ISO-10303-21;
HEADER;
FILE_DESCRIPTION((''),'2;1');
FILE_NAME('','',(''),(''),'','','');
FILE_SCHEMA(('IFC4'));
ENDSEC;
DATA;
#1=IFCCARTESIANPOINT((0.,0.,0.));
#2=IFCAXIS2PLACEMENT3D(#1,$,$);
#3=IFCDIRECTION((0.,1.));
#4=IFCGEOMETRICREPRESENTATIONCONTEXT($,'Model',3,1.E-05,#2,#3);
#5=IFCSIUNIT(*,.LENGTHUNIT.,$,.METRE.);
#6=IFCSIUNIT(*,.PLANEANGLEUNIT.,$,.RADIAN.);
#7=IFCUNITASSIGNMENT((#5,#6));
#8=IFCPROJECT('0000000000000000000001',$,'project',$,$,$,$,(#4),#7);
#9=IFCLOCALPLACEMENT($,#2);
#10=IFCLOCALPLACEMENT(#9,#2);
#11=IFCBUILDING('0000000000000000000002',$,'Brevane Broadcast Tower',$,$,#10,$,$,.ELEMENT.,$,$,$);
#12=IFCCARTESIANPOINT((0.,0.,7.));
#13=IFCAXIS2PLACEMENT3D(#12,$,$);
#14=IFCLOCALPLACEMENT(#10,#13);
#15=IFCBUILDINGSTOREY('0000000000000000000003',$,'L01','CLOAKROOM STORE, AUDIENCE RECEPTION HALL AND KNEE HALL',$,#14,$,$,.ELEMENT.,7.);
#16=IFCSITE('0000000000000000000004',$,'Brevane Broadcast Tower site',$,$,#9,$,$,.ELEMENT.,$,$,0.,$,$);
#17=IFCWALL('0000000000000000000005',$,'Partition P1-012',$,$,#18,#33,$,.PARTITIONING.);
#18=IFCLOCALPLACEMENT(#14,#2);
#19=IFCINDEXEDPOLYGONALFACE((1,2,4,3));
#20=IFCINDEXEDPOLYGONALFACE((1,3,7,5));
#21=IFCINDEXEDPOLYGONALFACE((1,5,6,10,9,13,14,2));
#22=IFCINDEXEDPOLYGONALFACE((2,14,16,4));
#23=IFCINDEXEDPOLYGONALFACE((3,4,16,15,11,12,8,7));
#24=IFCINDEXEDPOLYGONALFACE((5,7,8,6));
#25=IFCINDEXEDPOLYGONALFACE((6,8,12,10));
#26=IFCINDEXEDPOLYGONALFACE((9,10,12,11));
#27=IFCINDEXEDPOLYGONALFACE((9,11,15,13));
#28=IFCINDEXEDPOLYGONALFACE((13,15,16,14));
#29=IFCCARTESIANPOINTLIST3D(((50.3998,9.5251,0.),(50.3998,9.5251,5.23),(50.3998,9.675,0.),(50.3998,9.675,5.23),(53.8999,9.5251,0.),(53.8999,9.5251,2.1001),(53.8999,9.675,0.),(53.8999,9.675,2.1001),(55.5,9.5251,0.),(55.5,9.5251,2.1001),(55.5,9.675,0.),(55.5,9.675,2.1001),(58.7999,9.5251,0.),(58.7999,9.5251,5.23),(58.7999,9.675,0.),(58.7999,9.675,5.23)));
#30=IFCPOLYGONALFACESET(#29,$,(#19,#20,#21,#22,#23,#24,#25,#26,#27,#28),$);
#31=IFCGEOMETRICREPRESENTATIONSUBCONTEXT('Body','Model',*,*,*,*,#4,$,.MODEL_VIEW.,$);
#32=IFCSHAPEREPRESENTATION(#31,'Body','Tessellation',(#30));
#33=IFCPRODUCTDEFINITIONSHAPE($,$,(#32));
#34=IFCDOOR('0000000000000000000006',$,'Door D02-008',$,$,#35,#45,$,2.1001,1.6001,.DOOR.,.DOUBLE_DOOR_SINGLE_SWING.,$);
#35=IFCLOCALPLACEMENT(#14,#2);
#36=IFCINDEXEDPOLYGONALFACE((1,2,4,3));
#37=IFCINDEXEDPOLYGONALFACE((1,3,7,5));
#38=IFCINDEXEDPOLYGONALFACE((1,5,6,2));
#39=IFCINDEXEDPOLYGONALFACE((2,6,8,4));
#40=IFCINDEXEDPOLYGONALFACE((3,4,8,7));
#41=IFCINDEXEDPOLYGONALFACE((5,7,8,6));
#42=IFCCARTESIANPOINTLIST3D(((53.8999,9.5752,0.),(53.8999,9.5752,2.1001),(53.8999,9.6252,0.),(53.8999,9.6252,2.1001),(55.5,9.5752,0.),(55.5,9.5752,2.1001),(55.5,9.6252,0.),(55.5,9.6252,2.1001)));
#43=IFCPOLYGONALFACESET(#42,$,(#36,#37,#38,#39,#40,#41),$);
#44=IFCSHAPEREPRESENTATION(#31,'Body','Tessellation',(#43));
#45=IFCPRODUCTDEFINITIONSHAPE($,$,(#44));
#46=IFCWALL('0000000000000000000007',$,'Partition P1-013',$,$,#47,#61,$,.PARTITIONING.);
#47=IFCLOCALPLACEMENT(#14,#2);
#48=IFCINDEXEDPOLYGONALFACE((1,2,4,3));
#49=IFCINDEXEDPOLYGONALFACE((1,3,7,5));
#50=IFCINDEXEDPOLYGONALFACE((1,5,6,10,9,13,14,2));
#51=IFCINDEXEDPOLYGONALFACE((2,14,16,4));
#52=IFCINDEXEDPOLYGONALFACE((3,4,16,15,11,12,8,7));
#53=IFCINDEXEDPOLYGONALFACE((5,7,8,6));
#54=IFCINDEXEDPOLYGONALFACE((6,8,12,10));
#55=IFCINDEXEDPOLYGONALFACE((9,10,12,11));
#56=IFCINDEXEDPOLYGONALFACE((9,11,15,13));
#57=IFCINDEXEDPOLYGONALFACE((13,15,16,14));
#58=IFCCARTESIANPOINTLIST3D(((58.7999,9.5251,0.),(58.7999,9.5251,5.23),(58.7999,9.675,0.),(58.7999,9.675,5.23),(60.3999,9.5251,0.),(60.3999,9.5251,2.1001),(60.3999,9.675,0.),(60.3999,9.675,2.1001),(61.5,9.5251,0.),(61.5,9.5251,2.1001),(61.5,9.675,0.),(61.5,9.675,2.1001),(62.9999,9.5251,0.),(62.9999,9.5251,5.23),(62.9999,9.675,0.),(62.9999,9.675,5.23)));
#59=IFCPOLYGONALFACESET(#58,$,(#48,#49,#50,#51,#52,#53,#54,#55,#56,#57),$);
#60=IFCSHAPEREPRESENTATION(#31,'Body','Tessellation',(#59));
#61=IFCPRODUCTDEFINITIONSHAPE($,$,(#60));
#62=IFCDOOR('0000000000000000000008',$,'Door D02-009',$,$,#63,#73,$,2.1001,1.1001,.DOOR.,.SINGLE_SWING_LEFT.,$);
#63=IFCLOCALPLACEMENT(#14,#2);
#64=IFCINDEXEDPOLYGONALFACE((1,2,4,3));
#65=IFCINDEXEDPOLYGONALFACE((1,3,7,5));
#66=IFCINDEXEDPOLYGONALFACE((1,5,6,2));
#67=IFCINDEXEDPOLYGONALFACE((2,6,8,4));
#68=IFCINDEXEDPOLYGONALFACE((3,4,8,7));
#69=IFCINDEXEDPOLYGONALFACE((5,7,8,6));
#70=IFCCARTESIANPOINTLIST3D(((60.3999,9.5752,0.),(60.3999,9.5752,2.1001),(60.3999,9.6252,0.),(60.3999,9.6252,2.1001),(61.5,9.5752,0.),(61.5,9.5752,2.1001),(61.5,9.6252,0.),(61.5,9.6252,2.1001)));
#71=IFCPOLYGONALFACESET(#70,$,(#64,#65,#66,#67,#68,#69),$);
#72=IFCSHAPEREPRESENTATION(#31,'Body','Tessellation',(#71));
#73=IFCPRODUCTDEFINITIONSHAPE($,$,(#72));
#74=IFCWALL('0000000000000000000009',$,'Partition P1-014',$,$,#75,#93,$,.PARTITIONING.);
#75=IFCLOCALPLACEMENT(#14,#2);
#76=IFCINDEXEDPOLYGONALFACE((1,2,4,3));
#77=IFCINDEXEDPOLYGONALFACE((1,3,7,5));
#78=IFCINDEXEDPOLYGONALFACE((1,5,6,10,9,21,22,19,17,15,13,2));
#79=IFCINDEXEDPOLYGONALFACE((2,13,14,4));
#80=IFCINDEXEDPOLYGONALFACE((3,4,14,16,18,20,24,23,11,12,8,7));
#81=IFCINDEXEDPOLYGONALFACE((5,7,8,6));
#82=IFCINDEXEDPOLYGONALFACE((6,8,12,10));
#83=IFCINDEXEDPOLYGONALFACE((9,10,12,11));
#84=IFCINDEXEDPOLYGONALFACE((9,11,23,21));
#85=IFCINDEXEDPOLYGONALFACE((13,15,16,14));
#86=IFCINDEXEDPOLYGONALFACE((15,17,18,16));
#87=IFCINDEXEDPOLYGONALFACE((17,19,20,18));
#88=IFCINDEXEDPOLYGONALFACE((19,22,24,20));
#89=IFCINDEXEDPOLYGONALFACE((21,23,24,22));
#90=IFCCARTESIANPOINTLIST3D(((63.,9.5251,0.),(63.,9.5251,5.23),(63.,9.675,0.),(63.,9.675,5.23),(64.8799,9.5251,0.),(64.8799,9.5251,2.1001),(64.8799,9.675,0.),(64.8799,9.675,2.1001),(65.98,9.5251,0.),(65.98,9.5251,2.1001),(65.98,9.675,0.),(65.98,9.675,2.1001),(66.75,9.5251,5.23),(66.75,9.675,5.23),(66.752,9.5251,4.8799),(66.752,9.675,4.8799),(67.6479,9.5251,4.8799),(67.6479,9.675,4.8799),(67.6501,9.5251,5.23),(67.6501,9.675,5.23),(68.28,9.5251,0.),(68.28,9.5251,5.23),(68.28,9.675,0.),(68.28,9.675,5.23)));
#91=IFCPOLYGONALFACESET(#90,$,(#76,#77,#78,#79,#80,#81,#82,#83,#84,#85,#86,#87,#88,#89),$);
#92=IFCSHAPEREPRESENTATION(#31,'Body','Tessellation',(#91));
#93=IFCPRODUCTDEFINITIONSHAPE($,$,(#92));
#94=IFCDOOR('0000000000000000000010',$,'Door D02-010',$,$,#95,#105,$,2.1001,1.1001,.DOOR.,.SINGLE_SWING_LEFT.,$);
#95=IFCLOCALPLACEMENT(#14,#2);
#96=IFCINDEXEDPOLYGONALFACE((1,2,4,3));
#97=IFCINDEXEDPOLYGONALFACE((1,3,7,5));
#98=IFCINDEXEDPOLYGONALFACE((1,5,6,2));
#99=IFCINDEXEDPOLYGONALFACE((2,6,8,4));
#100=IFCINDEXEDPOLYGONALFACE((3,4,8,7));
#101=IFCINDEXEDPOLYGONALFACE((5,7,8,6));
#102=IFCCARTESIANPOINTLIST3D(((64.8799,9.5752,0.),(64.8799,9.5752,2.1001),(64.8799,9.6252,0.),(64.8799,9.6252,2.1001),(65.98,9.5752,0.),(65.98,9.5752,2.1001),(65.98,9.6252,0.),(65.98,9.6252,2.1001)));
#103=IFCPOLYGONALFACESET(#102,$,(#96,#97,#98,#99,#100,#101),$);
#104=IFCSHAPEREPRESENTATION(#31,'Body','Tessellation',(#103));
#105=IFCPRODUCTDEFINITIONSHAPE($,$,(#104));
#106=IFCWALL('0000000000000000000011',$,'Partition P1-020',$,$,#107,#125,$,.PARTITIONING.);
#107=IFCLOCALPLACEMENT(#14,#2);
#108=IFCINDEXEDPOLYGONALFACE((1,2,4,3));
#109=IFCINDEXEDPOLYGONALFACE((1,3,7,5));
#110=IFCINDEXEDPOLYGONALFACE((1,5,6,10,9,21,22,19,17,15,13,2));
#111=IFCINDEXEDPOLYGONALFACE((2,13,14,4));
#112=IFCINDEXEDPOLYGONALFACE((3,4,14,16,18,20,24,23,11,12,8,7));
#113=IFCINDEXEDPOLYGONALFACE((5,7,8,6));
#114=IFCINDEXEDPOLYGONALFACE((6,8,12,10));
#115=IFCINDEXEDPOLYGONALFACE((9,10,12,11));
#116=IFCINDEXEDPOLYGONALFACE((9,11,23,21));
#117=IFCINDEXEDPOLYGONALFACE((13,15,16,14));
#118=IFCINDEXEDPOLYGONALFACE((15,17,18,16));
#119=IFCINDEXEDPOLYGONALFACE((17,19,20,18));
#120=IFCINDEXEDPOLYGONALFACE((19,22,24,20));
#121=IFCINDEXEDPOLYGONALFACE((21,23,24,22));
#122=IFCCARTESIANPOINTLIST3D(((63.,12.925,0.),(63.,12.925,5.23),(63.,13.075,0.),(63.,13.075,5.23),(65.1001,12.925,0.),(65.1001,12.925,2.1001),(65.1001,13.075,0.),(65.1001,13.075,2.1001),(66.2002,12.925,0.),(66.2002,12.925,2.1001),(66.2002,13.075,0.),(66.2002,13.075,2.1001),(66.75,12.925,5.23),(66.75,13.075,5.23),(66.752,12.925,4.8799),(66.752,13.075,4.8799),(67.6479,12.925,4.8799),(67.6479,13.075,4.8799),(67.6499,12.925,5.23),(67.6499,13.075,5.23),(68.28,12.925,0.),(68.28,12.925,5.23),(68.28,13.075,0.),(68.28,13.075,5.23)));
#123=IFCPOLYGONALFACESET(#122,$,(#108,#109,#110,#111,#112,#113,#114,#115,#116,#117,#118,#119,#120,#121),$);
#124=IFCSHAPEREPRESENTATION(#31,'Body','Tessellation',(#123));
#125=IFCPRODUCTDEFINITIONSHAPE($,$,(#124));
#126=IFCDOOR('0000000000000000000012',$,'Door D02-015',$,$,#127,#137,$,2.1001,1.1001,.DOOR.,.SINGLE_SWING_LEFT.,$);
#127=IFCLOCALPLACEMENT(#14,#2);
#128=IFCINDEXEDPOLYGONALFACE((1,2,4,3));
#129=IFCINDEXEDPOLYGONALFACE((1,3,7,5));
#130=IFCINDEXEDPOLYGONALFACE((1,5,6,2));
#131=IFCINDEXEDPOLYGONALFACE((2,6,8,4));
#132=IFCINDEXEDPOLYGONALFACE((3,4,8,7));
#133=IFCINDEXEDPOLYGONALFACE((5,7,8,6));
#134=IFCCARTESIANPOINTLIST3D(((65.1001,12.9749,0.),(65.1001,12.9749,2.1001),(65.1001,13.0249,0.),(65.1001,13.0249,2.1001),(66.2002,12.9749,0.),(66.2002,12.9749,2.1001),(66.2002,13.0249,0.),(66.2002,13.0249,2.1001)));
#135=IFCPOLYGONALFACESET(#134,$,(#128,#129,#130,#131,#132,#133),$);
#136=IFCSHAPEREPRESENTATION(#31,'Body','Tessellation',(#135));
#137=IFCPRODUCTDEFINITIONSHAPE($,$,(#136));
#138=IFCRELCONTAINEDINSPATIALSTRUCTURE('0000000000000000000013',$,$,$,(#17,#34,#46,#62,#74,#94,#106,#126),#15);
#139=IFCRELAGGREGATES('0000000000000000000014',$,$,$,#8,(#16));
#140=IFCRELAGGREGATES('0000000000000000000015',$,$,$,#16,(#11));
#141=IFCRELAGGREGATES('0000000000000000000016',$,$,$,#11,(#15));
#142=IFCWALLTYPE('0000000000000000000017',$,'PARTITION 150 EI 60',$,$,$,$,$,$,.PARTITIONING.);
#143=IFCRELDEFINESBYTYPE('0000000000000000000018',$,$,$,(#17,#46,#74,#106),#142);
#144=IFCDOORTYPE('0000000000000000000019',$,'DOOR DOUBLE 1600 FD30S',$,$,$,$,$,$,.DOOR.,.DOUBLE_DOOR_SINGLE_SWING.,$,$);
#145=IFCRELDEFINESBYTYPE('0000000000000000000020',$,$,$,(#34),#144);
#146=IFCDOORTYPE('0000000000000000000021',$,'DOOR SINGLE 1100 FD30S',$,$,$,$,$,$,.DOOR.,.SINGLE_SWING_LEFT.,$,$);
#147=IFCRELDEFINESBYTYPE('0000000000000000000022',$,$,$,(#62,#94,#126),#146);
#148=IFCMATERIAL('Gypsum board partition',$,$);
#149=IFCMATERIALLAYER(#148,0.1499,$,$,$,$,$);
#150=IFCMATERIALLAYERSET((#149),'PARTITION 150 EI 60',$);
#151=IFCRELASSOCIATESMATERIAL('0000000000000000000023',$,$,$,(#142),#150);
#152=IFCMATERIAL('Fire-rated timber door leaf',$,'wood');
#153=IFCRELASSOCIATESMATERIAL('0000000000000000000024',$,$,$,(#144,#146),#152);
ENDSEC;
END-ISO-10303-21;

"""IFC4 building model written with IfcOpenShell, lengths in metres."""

from ifc_helpers import new_model, si_unit, direction, frame, frame_2d, origin, place, context, subcontext, project, spatial, polyline, rectangle, outline, extrude, material, layer, layer_set, type_object, element, fill, save


model = new_model("IFC4")

# Units and contexts
model_context = context("Model", 3, precision=1e-05, world=origin(), true_north=direction((0.0, 1.0)))
body_context = subcontext(model_context, "Body", "Model", "MODEL_VIEW")
ifc_project = project(units=[si_unit("LENGTHUNIT", "METRE"), si_unit("PLANEANGLEUNIT", "RADIAN")], contexts=[model_context])

# Site, building, storey
site_placement = place(None, origin())
site = spatial("IfcSite", under=ifc_project, at=site_placement, Name="Brevane Broadcast Tower site", CompositionType="ELEMENT", RefElevation=0.0)
building_placement = place(site_placement, origin())
building = spatial("IfcBuilding", under=site, at=building_placement, Name="Brevane Broadcast Tower", CompositionType="ELEMENT")
storey_placement = place(building_placement, frame((0.0, 0.0, 7.0)))
storey = spatial("IfcBuildingStorey", under=building, at=storey_placement, Name="L01", Description="CLOAKROOM STORE, AUDIENCE RECEPTION HALL AND KNEE HALL", CompositionType="ELEMENT", Elevation=7.0)

# Shared definitions
ifc_material_1 = material(Name="Gypsum board partition")

# Walls, openings, doors
ifc_layer_1 = layer(ifc_material_1, 0.1499)
ifc_layer_set_1 = layer_set([ifc_layer_1], Name="PARTITION 150 EI 60")
wall_type_1 = type_object("IfcWallType", Name="PARTITION 150 EI 60", PredefinedType="PARTITIONING", material=ifc_layer_set_1)
wall_1_placement = place(storey_placement, frame((58.8, 9.6001, 0.0), z_axis=(0.0, 0.0, 1.0), x_axis=(-1.0, 0.0, 0.0)))
wall_1 = element("IfcWall", 1, at=wall_1_placement, inside=storey, type_object=wall_type_1, Name="Partition P1-012", PredefinedType="PARTITIONING", context=body_context, shape_type="SweptSolid", body=[
    extrude(rectangle(XDim=8.4001, YDim=0.1499, at=frame_2d((4.2002, 0.0))), origin(), (0.0, 0.0, 1.0), 5.23),
])
opening_1_placement = place(wall_1_placement, frame((3.3, 0.0, 0.0)))
opening_1 = element("IfcOpeningElement", 2, at=opening_1_placement, cuts=wall_1, PredefinedType="OPENING", context=body_context, shape_type="SweptSolid", body=[
    extrude(rectangle(XDim=1.6001, YDim=2.1001, at=frame_2d((0.8, 1.05))), frame((0.0, 0.085, 0.0), z_axis=(0.0, -1.0, 0.0), x_axis=(1.0, 0.0, 0.0)), (0.0, 0.0, 1.0), 0.1699),
])
ifc_material_2 = material(Name="Fire-rated timber door leaf", Category="wood")
door_type_1 = type_object("IfcDoorType", Name="DOOR DOUBLE 1600 FD30S", OperationType="DOUBLE_DOOR_SINGLE_SWING", PredefinedType="DOOR", material=ifc_material_2)
door_1_placement = place(opening_1_placement, origin())
door_1 = element("IfcDoor", 3, at=door_1_placement, inside=storey, type_object=door_type_1, Name="Door D02-008", OperationType="DOUBLE_DOOR_SINGLE_SWING", OverallHeight=2.1001, OverallWidth=1.6001, PredefinedType="DOOR", context=body_context, shape_type="SweptSolid", body=[
    extrude(rectangle(XDim=1.6001, YDim=2.1001, at=frame_2d((0.8, 1.05))), frame((0.0, 0.0249, 0.0), z_axis=(0.0, -1.0, 0.0), x_axis=(1.0, 0.0, 0.0)), (0.0, 0.0, 1.0), 0.05),
])
fill(opening_1, door_1)
wall_2_placement = place(storey_placement, frame((63.0, 9.6001, 0.0), z_axis=(0.0, 0.0, 1.0), x_axis=(-1.0, 0.0, 0.0)))
wall_2 = element("IfcWall", 4, at=wall_2_placement, inside=storey, type_object=wall_type_1, Name="Partition P1-013", PredefinedType="PARTITIONING", context=body_context, shape_type="SweptSolid", body=[
    extrude(rectangle(XDim=4.2, YDim=0.1499, at=frame_2d((2.1001, 0.0))), origin(), (0.0, 0.0, 1.0), 5.23),
])
opening_2_placement = place(wall_2_placement, frame((1.5, 0.0, 0.0)))
opening_2 = element("IfcOpeningElement", 5, at=opening_2_placement, cuts=wall_2, PredefinedType="OPENING", context=body_context, shape_type="SweptSolid", body=[
    extrude(rectangle(XDim=1.1001, YDim=2.1001, at=frame_2d((0.55, 1.05))), frame((0.0, 0.085, 0.0), z_axis=(0.0, -1.0, 0.0), x_axis=(1.0, 0.0, 0.0)), (0.0, 0.0, 1.0), 0.1699),
])
door_type_2 = type_object("IfcDoorType", Name="DOOR SINGLE 1100 FD30S", OperationType="SINGLE_SWING_LEFT", PredefinedType="DOOR", material=ifc_material_2)
door_2_placement = place(opening_2_placement, origin())
door_2 = element("IfcDoor", 6, at=door_2_placement, inside=storey, type_object=door_type_2, Name="Door D02-009", OperationType="SINGLE_SWING_LEFT", OverallHeight=2.1001, OverallWidth=1.1001, PredefinedType="DOOR", context=body_context, shape_type="SweptSolid", body=[
    extrude(rectangle(XDim=1.1001, YDim=2.1001, at=frame_2d((0.55, 1.05))), frame((0.0, 0.0249, 0.0), z_axis=(0.0, -1.0, 0.0), x_axis=(1.0, 0.0, 0.0)), (0.0, 0.0, 1.0), 0.05),
])
fill(opening_2, door_2)
wall_3_placement = place(storey_placement, frame((68.28, 9.6001, 0.0), z_axis=(0.0, 0.0, 1.0), x_axis=(-1.0, 0.0, 0.0)))
wall_3 = element("IfcWall", 7, at=wall_3_placement, inside=storey, type_object=wall_type_1, Name="Partition P1-014", PredefinedType="PARTITIONING", context=body_context, shape_type="SweptSolid", body=[
    extrude(outline(polyline([(0.0, 0.0), (5.28, 0.0), (5.28, 5.23), (1.53, 5.23), (1.5281, 4.8799), (0.6321, 4.8799), (0.6299, 5.23), (0.0, 5.23), (0.0, 0.0)])), frame((0.0, 0.075, 0.0), z_axis=(0.0, -1.0, 0.0), x_axis=(1.0, 0.0, 0.0)), (0.0, 0.0, 1.0), 0.1499),
])
opening_3_placement = place(wall_3_placement, frame((2.3, 0.0, 0.0)))
opening_3 = element("IfcOpeningElement", 8, at=opening_3_placement, cuts=wall_3, PredefinedType="OPENING", context=body_context, shape_type="SweptSolid", body=[
    extrude(rectangle(XDim=1.1001, YDim=2.1001, at=frame_2d((0.55, 1.05))), frame((0.0, 0.085, 0.0), z_axis=(0.0, -1.0, 0.0), x_axis=(1.0, 0.0, 0.0)), (0.0, 0.0, 1.0), 0.1699),
])
door_3_placement = place(opening_3_placement, origin())
door_3 = element("IfcDoor", 9, at=door_3_placement, inside=storey, type_object=door_type_2, Name="Door D02-010", OperationType="SINGLE_SWING_LEFT", OverallHeight=2.1001, OverallWidth=1.1001, PredefinedType="DOOR", context=body_context, shape_type="SweptSolid", body=[
    extrude(rectangle(XDim=1.1001, YDim=2.1001, at=frame_2d((0.55, 1.05))), frame((0.0, 0.0249, 0.0), z_axis=(0.0, -1.0, 0.0), x_axis=(1.0, 0.0, 0.0)), (0.0, 0.0, 1.0), 0.05),
])
fill(opening_3, door_3)
wall_4_placement = place(storey_placement, frame((63.0, 13.0, 0.0), z_axis=(0.0, 0.0, 1.0), x_axis=(1.0, 0.0, 0.0)))
wall_4 = element("IfcWall", 10, at=wall_4_placement, inside=storey, type_object=wall_type_1, Name="Partition P1-020", PredefinedType="PARTITIONING", context=body_context, shape_type="SweptSolid", body=[
    extrude(outline(polyline([(0.0, 0.0), (5.28, 0.0), (5.28, 5.23), (4.6499, 5.23), (4.6479, 4.8799), (3.752, 4.8799), (3.75, 5.23), (0.0, 5.23), (0.0, 0.0)])), frame((0.0, 0.075, 0.0), z_axis=(0.0, -1.0, 0.0), x_axis=(1.0, 0.0, 0.0)), (0.0, 0.0, 1.0), 0.1499),
])
opening_4_placement = place(wall_4_placement, frame((2.1001, 0.0, 0.0)))
opening_4 = element("IfcOpeningElement", 11, at=opening_4_placement, cuts=wall_4, PredefinedType="OPENING", context=body_context, shape_type="SweptSolid", body=[
    extrude(rectangle(XDim=1.1001, YDim=2.1001, at=frame_2d((0.55, 1.05))), frame((0.0, 0.085, 0.0), z_axis=(0.0, -1.0, 0.0), x_axis=(1.0, 0.0, 0.0)), (0.0, 0.0, 1.0), 0.1699),
])
door_4_placement = place(opening_4_placement, origin())
door_4 = element("IfcDoor", 12, at=door_4_placement, inside=storey, type_object=door_type_2, Name="Door D02-015", OperationType="SINGLE_SWING_LEFT", OverallHeight=2.1001, OverallWidth=1.1001, PredefinedType="DOOR", context=body_context, shape_type="SweptSolid", body=[
    extrude(rectangle(XDim=1.1001, YDim=2.1001, at=frame_2d((0.55, 1.05))), frame((0.0, 0.0249, 0.0), z_axis=(0.0, -1.0, 0.0), x_axis=(1.0, 0.0, 0.0)), (0.0, 0.0, 1.0), 0.05),
])
fill(opening_4, door_4)

save(model, "model.ifc")
